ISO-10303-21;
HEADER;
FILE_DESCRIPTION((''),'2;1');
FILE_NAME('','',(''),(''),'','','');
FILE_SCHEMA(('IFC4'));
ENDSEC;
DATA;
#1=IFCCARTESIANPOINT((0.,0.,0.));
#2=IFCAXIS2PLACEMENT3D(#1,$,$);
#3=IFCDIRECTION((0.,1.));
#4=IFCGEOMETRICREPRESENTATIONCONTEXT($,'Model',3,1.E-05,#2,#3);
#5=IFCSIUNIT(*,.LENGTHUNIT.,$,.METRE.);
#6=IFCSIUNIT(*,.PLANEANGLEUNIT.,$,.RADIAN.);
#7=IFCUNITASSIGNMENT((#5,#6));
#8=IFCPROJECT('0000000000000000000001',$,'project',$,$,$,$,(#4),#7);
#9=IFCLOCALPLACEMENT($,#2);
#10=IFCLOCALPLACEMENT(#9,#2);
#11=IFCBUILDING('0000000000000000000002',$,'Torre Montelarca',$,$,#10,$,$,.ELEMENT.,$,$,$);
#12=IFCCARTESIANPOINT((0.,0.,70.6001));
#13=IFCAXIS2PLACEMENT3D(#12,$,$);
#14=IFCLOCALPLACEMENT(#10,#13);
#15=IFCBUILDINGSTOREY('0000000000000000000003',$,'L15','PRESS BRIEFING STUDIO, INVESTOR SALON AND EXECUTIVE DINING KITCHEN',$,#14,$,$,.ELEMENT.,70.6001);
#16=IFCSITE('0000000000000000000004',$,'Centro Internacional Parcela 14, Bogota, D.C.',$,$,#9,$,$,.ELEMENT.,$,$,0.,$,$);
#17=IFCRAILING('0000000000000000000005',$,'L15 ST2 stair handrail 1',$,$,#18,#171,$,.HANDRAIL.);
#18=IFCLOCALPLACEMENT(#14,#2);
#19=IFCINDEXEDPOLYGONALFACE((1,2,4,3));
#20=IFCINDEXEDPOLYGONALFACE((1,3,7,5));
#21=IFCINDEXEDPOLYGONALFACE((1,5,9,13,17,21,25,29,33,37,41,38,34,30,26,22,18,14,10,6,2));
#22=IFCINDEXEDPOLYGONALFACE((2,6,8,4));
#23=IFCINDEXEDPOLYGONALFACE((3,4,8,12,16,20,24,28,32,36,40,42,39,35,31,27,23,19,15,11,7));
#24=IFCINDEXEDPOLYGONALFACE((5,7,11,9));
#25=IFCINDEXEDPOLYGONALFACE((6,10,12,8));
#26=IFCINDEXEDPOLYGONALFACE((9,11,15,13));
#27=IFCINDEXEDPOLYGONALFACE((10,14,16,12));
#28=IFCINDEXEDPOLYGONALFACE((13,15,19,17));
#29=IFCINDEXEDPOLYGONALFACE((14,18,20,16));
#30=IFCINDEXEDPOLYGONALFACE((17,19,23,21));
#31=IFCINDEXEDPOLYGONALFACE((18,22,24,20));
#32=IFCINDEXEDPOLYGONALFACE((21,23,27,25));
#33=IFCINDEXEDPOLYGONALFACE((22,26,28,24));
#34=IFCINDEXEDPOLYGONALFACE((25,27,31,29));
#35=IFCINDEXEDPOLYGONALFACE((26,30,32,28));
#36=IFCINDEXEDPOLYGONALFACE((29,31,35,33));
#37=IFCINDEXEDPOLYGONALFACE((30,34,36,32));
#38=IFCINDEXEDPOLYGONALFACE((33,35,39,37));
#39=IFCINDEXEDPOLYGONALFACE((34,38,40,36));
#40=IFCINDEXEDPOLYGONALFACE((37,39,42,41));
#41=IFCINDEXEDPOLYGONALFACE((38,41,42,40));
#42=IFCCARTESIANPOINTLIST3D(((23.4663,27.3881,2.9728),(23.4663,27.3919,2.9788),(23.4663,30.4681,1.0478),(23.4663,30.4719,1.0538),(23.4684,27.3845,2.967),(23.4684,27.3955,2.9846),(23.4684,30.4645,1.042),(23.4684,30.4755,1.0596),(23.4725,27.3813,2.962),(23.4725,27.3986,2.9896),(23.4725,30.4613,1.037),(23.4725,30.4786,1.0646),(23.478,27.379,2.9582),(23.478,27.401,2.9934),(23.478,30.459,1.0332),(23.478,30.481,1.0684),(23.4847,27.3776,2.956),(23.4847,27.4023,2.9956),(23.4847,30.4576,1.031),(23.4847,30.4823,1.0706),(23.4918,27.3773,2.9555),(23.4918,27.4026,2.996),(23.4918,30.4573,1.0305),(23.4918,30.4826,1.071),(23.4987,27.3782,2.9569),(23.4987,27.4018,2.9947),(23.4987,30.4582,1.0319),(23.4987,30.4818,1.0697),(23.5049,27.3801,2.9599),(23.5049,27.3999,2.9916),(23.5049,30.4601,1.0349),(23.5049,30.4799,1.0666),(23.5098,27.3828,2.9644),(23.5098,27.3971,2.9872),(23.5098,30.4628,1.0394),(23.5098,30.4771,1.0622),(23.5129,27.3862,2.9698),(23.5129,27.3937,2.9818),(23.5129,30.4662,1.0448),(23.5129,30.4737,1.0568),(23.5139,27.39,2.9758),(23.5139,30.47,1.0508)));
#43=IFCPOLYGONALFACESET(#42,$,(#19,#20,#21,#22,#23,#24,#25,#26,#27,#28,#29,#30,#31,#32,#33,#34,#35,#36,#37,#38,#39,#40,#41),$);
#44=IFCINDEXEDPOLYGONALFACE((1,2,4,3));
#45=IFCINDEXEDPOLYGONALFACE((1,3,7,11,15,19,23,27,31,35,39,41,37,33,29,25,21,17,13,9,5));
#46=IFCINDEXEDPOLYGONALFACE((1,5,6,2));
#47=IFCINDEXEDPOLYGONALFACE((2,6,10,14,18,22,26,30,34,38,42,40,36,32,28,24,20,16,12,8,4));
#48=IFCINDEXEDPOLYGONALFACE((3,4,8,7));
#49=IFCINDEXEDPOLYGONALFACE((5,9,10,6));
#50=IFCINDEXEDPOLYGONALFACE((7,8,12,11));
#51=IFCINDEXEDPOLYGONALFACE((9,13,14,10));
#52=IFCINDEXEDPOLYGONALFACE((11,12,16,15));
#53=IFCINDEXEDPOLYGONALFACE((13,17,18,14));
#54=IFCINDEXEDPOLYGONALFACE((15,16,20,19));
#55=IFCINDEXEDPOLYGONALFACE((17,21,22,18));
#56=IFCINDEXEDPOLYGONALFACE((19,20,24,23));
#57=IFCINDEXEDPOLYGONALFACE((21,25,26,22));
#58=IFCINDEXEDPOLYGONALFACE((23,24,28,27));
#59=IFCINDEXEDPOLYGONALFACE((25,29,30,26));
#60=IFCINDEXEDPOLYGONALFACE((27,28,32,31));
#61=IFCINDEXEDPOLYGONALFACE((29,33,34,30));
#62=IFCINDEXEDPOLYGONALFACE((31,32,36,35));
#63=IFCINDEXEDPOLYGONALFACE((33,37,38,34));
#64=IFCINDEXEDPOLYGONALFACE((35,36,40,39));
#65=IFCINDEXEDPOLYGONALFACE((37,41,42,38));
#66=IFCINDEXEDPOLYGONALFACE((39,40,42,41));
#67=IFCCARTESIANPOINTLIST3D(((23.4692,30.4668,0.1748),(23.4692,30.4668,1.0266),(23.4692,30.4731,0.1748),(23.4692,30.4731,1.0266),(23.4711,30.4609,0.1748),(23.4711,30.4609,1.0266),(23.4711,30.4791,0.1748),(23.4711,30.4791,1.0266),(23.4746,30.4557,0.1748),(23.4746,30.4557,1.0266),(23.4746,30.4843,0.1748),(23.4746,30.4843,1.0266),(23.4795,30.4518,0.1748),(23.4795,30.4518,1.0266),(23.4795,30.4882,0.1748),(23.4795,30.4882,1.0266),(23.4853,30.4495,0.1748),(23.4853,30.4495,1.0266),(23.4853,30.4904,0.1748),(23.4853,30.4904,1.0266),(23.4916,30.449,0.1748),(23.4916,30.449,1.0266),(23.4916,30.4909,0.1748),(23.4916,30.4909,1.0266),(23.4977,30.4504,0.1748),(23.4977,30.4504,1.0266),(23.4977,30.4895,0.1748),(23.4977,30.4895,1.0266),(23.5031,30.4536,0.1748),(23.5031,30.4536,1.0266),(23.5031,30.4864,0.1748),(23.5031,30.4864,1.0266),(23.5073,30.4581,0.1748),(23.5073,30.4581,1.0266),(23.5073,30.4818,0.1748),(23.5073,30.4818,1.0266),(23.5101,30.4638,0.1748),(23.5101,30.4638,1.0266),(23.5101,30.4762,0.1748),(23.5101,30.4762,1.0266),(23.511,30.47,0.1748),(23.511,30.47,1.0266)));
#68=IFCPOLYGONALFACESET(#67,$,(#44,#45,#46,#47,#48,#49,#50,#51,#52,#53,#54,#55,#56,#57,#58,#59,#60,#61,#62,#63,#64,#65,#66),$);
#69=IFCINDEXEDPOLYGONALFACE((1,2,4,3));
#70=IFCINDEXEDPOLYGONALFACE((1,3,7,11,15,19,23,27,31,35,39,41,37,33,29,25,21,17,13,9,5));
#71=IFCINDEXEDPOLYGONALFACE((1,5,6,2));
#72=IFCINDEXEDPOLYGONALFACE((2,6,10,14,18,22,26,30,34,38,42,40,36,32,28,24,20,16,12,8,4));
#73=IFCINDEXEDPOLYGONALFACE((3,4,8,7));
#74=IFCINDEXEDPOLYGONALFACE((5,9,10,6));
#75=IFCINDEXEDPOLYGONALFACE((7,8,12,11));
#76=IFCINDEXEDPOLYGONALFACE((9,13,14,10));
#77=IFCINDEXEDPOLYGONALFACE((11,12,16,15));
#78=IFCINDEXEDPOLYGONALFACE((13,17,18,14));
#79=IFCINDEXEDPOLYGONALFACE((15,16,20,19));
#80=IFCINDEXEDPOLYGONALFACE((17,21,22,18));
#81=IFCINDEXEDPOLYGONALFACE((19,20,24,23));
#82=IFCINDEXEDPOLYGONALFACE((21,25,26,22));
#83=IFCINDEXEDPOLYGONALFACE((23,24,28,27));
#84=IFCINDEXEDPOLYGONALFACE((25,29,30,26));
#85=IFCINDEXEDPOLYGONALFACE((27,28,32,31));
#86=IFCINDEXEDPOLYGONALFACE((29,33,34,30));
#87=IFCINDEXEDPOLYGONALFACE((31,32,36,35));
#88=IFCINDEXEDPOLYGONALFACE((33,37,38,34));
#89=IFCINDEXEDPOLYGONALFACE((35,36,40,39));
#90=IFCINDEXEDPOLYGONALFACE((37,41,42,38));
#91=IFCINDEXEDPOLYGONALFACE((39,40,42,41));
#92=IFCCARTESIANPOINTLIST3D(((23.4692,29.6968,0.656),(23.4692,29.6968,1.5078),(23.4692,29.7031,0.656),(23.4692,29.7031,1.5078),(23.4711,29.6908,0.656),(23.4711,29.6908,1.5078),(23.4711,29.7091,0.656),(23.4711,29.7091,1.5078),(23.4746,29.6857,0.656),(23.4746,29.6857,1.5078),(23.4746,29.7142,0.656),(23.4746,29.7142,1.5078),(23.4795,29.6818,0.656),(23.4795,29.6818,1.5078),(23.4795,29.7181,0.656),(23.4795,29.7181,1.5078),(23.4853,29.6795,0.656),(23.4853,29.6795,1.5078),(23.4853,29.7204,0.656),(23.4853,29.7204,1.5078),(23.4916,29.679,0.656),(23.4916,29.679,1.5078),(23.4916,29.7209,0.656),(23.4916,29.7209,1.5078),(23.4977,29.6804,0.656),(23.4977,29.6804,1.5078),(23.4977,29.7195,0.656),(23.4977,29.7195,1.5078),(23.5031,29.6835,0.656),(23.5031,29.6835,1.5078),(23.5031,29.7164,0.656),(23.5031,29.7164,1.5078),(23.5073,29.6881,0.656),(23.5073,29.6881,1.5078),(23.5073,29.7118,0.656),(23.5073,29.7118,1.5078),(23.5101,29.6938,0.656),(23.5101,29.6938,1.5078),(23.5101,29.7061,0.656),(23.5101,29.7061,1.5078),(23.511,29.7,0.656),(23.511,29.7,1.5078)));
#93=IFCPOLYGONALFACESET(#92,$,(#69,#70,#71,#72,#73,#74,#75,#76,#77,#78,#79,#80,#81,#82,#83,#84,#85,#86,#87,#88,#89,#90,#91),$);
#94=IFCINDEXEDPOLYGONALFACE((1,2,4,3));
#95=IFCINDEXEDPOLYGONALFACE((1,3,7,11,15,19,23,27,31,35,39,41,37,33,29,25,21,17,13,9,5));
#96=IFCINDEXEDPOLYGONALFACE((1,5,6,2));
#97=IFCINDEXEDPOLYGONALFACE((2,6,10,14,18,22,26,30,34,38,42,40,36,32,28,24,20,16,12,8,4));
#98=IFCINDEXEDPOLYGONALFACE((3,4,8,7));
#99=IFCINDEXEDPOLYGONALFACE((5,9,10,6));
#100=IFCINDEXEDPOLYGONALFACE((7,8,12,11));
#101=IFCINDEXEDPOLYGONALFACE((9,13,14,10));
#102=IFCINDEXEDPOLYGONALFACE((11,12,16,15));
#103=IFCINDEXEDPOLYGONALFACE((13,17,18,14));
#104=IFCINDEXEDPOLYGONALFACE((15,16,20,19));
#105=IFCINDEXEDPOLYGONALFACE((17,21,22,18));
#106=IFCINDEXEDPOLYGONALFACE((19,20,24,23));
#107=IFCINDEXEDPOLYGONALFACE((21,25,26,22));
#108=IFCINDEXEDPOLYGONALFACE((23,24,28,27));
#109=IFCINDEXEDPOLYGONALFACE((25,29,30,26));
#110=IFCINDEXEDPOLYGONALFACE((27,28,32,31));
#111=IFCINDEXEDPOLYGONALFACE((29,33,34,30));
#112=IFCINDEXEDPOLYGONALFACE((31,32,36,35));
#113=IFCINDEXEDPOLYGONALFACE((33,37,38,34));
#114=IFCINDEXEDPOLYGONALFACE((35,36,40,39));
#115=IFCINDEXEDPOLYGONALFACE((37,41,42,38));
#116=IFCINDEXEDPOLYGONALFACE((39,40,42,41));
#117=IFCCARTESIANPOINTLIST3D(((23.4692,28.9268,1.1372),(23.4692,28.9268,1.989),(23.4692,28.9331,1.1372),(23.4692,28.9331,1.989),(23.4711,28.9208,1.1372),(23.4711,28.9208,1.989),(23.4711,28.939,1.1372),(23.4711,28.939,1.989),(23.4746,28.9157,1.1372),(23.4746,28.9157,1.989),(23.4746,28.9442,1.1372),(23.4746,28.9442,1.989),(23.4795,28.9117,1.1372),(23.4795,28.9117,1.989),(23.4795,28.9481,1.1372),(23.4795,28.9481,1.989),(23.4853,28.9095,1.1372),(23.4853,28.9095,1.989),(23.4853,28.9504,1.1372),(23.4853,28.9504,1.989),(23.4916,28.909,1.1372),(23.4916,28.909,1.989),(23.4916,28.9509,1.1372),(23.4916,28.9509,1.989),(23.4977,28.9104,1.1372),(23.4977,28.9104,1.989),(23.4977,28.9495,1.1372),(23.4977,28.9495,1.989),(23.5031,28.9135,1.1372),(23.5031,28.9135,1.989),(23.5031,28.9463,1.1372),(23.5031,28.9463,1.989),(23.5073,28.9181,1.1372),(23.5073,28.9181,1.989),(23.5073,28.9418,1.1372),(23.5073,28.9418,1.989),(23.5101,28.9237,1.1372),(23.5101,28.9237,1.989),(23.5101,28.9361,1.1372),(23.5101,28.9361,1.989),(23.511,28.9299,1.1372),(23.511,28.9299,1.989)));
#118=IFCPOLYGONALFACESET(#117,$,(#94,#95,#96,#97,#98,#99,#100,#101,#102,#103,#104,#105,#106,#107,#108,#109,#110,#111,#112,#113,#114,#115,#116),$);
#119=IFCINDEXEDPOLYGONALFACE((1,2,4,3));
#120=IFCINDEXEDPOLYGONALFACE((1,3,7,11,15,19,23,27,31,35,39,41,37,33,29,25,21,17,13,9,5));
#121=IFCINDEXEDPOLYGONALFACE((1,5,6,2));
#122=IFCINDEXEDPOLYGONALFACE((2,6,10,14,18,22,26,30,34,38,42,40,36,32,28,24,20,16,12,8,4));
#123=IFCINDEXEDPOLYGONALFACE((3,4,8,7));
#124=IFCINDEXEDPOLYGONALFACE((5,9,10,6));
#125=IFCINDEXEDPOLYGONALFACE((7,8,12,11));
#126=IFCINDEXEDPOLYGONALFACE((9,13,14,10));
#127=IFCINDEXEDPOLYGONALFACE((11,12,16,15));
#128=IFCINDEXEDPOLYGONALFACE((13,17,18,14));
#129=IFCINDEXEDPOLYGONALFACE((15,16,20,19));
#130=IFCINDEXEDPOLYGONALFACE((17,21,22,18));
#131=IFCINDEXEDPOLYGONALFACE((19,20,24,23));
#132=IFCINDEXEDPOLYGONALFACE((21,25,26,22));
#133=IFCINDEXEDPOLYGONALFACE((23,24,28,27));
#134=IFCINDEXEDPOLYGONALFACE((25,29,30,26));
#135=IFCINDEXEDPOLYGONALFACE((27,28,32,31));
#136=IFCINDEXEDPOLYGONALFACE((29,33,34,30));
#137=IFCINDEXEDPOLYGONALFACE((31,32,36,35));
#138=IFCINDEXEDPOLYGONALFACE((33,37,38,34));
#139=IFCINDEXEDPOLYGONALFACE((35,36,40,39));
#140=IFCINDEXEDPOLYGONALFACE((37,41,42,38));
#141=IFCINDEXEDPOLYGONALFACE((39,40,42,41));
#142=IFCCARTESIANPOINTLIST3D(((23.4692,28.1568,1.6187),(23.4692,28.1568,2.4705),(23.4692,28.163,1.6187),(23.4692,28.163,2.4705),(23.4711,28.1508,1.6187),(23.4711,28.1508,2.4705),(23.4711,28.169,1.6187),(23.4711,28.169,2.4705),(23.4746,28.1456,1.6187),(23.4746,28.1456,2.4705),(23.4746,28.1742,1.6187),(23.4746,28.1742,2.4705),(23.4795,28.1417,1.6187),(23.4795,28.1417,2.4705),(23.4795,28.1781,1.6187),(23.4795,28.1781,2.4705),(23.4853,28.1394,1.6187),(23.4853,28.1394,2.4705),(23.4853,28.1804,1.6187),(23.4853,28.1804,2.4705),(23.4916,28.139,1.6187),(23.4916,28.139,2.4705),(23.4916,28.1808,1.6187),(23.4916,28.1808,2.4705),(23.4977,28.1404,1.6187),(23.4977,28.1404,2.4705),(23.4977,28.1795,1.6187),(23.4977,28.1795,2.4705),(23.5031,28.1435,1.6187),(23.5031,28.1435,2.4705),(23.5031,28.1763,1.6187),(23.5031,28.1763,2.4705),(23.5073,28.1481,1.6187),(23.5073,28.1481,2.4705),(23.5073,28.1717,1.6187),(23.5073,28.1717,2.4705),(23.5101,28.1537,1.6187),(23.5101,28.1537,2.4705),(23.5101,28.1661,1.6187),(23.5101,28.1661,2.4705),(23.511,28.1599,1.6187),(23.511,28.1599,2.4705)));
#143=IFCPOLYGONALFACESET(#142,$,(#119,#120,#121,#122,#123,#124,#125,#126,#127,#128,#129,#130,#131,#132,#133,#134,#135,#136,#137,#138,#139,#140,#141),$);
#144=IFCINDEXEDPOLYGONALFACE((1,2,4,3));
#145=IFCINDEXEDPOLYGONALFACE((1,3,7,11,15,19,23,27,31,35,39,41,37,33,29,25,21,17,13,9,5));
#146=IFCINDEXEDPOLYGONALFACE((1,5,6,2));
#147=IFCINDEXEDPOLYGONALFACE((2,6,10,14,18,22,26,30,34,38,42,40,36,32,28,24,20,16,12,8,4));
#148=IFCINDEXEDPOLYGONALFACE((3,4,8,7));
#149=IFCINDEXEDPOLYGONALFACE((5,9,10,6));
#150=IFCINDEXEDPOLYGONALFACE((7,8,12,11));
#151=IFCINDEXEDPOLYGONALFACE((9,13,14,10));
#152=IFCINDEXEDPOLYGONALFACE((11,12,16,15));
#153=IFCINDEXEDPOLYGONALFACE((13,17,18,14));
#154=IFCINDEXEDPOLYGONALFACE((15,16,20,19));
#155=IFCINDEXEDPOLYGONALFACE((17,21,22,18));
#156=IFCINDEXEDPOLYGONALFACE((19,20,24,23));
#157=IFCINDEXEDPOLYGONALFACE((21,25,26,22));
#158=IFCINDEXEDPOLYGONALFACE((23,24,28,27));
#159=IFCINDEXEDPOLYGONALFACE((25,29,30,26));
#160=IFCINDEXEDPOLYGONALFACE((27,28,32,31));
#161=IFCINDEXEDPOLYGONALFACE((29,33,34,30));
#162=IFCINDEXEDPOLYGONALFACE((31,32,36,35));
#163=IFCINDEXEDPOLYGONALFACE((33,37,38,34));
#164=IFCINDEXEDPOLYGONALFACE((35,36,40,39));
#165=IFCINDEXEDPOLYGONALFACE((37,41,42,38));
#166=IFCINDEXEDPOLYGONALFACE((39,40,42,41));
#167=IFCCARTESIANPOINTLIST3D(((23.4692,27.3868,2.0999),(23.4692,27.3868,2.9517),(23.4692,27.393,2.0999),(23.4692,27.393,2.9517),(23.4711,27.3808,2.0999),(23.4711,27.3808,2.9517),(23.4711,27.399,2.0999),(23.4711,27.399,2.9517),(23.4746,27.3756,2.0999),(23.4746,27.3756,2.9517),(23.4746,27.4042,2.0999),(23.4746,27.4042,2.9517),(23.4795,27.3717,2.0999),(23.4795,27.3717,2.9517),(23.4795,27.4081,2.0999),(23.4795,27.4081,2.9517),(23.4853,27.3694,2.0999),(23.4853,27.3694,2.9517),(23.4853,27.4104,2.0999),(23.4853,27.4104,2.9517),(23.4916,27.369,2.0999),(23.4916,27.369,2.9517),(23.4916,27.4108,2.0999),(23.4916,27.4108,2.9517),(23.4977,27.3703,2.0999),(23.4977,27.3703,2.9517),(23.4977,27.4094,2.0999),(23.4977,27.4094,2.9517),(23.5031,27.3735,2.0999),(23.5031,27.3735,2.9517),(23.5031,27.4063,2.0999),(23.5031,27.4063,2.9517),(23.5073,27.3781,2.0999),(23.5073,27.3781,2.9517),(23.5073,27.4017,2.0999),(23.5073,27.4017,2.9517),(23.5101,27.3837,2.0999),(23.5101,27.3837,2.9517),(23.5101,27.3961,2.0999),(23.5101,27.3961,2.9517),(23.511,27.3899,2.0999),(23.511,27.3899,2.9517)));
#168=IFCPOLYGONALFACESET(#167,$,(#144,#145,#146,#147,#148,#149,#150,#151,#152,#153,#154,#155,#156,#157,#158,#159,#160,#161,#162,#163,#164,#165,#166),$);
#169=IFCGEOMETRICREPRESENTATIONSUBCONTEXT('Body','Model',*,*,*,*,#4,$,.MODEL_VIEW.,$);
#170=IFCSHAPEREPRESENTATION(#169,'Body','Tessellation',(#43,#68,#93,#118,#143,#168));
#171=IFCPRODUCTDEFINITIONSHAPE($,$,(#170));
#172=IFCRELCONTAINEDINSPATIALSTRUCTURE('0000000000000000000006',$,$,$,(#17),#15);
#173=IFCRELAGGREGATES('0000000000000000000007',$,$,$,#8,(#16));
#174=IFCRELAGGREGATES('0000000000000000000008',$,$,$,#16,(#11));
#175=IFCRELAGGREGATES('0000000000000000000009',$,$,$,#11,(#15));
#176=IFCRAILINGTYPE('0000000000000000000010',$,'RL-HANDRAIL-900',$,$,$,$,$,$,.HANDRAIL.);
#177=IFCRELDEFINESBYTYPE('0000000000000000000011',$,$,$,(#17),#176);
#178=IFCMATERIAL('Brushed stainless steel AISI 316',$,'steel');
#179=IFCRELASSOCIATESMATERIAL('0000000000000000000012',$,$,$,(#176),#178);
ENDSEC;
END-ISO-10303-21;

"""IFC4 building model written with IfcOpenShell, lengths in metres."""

from ifc_helpers import new_model, si_unit, direction, frame, origin, origin_2d, place, context, subcontext, project, spatial, circle, extrude, material, type_object, element, save


model = new_model("IFC4")

# Units and contexts
model_context = context("Model", 3, precision=1e-05, world=origin(), true_north=direction((0.0, 1.0)))
body_context = subcontext(model_context, "Body", "Model", "MODEL_VIEW")
ifc_project = project(units=[si_unit("LENGTHUNIT", "METRE"), si_unit("PLANEANGLEUNIT", "RADIAN")], contexts=[model_context])

# Site, building, storey
site_placement = place(None, origin())
site = spatial("IfcSite", under=ifc_project, at=site_placement, Name="Centro Internacional Parcela 14, Bogota, D.C.", CompositionType="ELEMENT", RefElevation=0.0)
building_placement = place(site_placement, origin())
building = spatial("IfcBuilding", under=site, at=building_placement, Name="Torre Montelarca", CompositionType="ELEMENT")
storey_placement = place(building_placement, frame((0.0, 0.0, 70.6001)))
storey = spatial("IfcBuildingStorey", under=building, at=storey_placement, Name="L15", Description="PRESS BRIEFING STUDIO, INVESTOR SALON AND EXECUTIVE DINING KITCHEN", CompositionType="ELEMENT", Elevation=70.6001)

# Shared definitions
ifc_material_1 = material(Name="Brushed stainless steel AISI 316", Category="steel")

# Railing
railing_type = type_object("IfcRailingType", Name="RL-HANDRAIL-900", PredefinedType="HANDRAIL", material=ifc_material_1)
railing_placement = place(storey_placement, frame((23.49, 30.47, 0.1748)))
element("IfcRailing", 1, at=railing_placement, inside=storey, type_object=railing_type, Name="L15 ST2 stair handrail 1", PredefinedType="HANDRAIL", context=body_context, shape_type="SweptSolid", body=[
    extrude(circle(Radius=0.0239, at=origin_2d()), frame((0.0, 0.0, 0.876), z_axis=(0.0, -0.847998, 0.529999), x_axis=(1.0, 0.0, 0.0)), (0.0, 0.0, 1.0), 3.6321),
    extrude(circle(Radius=0.021, at=origin_2d()), origin(), (0.0, 0.0, 1.0), 0.8518),
    extrude(circle(Radius=0.021, at=origin_2d()), frame((0.0, -0.77, 0.4812)), (0.0, 0.0, 1.0), 0.8518),
    extrude(circle(Radius=0.021, at=origin_2d()), frame((0.0, -1.54, 0.9624)), (0.0, 0.0, 1.0), 0.8518),
    extrude(circle(Radius=0.021, at=origin_2d()), frame((0.0, -2.3101, 1.4438)), (0.0, 0.0, 1.0), 0.8518),
    extrude(circle(Radius=0.021, at=origin_2d()), frame((0.0, -3.0801, 1.925)), (0.0, 0.0, 1.0), 0.8518),
])

save(model, "model.ifc")
